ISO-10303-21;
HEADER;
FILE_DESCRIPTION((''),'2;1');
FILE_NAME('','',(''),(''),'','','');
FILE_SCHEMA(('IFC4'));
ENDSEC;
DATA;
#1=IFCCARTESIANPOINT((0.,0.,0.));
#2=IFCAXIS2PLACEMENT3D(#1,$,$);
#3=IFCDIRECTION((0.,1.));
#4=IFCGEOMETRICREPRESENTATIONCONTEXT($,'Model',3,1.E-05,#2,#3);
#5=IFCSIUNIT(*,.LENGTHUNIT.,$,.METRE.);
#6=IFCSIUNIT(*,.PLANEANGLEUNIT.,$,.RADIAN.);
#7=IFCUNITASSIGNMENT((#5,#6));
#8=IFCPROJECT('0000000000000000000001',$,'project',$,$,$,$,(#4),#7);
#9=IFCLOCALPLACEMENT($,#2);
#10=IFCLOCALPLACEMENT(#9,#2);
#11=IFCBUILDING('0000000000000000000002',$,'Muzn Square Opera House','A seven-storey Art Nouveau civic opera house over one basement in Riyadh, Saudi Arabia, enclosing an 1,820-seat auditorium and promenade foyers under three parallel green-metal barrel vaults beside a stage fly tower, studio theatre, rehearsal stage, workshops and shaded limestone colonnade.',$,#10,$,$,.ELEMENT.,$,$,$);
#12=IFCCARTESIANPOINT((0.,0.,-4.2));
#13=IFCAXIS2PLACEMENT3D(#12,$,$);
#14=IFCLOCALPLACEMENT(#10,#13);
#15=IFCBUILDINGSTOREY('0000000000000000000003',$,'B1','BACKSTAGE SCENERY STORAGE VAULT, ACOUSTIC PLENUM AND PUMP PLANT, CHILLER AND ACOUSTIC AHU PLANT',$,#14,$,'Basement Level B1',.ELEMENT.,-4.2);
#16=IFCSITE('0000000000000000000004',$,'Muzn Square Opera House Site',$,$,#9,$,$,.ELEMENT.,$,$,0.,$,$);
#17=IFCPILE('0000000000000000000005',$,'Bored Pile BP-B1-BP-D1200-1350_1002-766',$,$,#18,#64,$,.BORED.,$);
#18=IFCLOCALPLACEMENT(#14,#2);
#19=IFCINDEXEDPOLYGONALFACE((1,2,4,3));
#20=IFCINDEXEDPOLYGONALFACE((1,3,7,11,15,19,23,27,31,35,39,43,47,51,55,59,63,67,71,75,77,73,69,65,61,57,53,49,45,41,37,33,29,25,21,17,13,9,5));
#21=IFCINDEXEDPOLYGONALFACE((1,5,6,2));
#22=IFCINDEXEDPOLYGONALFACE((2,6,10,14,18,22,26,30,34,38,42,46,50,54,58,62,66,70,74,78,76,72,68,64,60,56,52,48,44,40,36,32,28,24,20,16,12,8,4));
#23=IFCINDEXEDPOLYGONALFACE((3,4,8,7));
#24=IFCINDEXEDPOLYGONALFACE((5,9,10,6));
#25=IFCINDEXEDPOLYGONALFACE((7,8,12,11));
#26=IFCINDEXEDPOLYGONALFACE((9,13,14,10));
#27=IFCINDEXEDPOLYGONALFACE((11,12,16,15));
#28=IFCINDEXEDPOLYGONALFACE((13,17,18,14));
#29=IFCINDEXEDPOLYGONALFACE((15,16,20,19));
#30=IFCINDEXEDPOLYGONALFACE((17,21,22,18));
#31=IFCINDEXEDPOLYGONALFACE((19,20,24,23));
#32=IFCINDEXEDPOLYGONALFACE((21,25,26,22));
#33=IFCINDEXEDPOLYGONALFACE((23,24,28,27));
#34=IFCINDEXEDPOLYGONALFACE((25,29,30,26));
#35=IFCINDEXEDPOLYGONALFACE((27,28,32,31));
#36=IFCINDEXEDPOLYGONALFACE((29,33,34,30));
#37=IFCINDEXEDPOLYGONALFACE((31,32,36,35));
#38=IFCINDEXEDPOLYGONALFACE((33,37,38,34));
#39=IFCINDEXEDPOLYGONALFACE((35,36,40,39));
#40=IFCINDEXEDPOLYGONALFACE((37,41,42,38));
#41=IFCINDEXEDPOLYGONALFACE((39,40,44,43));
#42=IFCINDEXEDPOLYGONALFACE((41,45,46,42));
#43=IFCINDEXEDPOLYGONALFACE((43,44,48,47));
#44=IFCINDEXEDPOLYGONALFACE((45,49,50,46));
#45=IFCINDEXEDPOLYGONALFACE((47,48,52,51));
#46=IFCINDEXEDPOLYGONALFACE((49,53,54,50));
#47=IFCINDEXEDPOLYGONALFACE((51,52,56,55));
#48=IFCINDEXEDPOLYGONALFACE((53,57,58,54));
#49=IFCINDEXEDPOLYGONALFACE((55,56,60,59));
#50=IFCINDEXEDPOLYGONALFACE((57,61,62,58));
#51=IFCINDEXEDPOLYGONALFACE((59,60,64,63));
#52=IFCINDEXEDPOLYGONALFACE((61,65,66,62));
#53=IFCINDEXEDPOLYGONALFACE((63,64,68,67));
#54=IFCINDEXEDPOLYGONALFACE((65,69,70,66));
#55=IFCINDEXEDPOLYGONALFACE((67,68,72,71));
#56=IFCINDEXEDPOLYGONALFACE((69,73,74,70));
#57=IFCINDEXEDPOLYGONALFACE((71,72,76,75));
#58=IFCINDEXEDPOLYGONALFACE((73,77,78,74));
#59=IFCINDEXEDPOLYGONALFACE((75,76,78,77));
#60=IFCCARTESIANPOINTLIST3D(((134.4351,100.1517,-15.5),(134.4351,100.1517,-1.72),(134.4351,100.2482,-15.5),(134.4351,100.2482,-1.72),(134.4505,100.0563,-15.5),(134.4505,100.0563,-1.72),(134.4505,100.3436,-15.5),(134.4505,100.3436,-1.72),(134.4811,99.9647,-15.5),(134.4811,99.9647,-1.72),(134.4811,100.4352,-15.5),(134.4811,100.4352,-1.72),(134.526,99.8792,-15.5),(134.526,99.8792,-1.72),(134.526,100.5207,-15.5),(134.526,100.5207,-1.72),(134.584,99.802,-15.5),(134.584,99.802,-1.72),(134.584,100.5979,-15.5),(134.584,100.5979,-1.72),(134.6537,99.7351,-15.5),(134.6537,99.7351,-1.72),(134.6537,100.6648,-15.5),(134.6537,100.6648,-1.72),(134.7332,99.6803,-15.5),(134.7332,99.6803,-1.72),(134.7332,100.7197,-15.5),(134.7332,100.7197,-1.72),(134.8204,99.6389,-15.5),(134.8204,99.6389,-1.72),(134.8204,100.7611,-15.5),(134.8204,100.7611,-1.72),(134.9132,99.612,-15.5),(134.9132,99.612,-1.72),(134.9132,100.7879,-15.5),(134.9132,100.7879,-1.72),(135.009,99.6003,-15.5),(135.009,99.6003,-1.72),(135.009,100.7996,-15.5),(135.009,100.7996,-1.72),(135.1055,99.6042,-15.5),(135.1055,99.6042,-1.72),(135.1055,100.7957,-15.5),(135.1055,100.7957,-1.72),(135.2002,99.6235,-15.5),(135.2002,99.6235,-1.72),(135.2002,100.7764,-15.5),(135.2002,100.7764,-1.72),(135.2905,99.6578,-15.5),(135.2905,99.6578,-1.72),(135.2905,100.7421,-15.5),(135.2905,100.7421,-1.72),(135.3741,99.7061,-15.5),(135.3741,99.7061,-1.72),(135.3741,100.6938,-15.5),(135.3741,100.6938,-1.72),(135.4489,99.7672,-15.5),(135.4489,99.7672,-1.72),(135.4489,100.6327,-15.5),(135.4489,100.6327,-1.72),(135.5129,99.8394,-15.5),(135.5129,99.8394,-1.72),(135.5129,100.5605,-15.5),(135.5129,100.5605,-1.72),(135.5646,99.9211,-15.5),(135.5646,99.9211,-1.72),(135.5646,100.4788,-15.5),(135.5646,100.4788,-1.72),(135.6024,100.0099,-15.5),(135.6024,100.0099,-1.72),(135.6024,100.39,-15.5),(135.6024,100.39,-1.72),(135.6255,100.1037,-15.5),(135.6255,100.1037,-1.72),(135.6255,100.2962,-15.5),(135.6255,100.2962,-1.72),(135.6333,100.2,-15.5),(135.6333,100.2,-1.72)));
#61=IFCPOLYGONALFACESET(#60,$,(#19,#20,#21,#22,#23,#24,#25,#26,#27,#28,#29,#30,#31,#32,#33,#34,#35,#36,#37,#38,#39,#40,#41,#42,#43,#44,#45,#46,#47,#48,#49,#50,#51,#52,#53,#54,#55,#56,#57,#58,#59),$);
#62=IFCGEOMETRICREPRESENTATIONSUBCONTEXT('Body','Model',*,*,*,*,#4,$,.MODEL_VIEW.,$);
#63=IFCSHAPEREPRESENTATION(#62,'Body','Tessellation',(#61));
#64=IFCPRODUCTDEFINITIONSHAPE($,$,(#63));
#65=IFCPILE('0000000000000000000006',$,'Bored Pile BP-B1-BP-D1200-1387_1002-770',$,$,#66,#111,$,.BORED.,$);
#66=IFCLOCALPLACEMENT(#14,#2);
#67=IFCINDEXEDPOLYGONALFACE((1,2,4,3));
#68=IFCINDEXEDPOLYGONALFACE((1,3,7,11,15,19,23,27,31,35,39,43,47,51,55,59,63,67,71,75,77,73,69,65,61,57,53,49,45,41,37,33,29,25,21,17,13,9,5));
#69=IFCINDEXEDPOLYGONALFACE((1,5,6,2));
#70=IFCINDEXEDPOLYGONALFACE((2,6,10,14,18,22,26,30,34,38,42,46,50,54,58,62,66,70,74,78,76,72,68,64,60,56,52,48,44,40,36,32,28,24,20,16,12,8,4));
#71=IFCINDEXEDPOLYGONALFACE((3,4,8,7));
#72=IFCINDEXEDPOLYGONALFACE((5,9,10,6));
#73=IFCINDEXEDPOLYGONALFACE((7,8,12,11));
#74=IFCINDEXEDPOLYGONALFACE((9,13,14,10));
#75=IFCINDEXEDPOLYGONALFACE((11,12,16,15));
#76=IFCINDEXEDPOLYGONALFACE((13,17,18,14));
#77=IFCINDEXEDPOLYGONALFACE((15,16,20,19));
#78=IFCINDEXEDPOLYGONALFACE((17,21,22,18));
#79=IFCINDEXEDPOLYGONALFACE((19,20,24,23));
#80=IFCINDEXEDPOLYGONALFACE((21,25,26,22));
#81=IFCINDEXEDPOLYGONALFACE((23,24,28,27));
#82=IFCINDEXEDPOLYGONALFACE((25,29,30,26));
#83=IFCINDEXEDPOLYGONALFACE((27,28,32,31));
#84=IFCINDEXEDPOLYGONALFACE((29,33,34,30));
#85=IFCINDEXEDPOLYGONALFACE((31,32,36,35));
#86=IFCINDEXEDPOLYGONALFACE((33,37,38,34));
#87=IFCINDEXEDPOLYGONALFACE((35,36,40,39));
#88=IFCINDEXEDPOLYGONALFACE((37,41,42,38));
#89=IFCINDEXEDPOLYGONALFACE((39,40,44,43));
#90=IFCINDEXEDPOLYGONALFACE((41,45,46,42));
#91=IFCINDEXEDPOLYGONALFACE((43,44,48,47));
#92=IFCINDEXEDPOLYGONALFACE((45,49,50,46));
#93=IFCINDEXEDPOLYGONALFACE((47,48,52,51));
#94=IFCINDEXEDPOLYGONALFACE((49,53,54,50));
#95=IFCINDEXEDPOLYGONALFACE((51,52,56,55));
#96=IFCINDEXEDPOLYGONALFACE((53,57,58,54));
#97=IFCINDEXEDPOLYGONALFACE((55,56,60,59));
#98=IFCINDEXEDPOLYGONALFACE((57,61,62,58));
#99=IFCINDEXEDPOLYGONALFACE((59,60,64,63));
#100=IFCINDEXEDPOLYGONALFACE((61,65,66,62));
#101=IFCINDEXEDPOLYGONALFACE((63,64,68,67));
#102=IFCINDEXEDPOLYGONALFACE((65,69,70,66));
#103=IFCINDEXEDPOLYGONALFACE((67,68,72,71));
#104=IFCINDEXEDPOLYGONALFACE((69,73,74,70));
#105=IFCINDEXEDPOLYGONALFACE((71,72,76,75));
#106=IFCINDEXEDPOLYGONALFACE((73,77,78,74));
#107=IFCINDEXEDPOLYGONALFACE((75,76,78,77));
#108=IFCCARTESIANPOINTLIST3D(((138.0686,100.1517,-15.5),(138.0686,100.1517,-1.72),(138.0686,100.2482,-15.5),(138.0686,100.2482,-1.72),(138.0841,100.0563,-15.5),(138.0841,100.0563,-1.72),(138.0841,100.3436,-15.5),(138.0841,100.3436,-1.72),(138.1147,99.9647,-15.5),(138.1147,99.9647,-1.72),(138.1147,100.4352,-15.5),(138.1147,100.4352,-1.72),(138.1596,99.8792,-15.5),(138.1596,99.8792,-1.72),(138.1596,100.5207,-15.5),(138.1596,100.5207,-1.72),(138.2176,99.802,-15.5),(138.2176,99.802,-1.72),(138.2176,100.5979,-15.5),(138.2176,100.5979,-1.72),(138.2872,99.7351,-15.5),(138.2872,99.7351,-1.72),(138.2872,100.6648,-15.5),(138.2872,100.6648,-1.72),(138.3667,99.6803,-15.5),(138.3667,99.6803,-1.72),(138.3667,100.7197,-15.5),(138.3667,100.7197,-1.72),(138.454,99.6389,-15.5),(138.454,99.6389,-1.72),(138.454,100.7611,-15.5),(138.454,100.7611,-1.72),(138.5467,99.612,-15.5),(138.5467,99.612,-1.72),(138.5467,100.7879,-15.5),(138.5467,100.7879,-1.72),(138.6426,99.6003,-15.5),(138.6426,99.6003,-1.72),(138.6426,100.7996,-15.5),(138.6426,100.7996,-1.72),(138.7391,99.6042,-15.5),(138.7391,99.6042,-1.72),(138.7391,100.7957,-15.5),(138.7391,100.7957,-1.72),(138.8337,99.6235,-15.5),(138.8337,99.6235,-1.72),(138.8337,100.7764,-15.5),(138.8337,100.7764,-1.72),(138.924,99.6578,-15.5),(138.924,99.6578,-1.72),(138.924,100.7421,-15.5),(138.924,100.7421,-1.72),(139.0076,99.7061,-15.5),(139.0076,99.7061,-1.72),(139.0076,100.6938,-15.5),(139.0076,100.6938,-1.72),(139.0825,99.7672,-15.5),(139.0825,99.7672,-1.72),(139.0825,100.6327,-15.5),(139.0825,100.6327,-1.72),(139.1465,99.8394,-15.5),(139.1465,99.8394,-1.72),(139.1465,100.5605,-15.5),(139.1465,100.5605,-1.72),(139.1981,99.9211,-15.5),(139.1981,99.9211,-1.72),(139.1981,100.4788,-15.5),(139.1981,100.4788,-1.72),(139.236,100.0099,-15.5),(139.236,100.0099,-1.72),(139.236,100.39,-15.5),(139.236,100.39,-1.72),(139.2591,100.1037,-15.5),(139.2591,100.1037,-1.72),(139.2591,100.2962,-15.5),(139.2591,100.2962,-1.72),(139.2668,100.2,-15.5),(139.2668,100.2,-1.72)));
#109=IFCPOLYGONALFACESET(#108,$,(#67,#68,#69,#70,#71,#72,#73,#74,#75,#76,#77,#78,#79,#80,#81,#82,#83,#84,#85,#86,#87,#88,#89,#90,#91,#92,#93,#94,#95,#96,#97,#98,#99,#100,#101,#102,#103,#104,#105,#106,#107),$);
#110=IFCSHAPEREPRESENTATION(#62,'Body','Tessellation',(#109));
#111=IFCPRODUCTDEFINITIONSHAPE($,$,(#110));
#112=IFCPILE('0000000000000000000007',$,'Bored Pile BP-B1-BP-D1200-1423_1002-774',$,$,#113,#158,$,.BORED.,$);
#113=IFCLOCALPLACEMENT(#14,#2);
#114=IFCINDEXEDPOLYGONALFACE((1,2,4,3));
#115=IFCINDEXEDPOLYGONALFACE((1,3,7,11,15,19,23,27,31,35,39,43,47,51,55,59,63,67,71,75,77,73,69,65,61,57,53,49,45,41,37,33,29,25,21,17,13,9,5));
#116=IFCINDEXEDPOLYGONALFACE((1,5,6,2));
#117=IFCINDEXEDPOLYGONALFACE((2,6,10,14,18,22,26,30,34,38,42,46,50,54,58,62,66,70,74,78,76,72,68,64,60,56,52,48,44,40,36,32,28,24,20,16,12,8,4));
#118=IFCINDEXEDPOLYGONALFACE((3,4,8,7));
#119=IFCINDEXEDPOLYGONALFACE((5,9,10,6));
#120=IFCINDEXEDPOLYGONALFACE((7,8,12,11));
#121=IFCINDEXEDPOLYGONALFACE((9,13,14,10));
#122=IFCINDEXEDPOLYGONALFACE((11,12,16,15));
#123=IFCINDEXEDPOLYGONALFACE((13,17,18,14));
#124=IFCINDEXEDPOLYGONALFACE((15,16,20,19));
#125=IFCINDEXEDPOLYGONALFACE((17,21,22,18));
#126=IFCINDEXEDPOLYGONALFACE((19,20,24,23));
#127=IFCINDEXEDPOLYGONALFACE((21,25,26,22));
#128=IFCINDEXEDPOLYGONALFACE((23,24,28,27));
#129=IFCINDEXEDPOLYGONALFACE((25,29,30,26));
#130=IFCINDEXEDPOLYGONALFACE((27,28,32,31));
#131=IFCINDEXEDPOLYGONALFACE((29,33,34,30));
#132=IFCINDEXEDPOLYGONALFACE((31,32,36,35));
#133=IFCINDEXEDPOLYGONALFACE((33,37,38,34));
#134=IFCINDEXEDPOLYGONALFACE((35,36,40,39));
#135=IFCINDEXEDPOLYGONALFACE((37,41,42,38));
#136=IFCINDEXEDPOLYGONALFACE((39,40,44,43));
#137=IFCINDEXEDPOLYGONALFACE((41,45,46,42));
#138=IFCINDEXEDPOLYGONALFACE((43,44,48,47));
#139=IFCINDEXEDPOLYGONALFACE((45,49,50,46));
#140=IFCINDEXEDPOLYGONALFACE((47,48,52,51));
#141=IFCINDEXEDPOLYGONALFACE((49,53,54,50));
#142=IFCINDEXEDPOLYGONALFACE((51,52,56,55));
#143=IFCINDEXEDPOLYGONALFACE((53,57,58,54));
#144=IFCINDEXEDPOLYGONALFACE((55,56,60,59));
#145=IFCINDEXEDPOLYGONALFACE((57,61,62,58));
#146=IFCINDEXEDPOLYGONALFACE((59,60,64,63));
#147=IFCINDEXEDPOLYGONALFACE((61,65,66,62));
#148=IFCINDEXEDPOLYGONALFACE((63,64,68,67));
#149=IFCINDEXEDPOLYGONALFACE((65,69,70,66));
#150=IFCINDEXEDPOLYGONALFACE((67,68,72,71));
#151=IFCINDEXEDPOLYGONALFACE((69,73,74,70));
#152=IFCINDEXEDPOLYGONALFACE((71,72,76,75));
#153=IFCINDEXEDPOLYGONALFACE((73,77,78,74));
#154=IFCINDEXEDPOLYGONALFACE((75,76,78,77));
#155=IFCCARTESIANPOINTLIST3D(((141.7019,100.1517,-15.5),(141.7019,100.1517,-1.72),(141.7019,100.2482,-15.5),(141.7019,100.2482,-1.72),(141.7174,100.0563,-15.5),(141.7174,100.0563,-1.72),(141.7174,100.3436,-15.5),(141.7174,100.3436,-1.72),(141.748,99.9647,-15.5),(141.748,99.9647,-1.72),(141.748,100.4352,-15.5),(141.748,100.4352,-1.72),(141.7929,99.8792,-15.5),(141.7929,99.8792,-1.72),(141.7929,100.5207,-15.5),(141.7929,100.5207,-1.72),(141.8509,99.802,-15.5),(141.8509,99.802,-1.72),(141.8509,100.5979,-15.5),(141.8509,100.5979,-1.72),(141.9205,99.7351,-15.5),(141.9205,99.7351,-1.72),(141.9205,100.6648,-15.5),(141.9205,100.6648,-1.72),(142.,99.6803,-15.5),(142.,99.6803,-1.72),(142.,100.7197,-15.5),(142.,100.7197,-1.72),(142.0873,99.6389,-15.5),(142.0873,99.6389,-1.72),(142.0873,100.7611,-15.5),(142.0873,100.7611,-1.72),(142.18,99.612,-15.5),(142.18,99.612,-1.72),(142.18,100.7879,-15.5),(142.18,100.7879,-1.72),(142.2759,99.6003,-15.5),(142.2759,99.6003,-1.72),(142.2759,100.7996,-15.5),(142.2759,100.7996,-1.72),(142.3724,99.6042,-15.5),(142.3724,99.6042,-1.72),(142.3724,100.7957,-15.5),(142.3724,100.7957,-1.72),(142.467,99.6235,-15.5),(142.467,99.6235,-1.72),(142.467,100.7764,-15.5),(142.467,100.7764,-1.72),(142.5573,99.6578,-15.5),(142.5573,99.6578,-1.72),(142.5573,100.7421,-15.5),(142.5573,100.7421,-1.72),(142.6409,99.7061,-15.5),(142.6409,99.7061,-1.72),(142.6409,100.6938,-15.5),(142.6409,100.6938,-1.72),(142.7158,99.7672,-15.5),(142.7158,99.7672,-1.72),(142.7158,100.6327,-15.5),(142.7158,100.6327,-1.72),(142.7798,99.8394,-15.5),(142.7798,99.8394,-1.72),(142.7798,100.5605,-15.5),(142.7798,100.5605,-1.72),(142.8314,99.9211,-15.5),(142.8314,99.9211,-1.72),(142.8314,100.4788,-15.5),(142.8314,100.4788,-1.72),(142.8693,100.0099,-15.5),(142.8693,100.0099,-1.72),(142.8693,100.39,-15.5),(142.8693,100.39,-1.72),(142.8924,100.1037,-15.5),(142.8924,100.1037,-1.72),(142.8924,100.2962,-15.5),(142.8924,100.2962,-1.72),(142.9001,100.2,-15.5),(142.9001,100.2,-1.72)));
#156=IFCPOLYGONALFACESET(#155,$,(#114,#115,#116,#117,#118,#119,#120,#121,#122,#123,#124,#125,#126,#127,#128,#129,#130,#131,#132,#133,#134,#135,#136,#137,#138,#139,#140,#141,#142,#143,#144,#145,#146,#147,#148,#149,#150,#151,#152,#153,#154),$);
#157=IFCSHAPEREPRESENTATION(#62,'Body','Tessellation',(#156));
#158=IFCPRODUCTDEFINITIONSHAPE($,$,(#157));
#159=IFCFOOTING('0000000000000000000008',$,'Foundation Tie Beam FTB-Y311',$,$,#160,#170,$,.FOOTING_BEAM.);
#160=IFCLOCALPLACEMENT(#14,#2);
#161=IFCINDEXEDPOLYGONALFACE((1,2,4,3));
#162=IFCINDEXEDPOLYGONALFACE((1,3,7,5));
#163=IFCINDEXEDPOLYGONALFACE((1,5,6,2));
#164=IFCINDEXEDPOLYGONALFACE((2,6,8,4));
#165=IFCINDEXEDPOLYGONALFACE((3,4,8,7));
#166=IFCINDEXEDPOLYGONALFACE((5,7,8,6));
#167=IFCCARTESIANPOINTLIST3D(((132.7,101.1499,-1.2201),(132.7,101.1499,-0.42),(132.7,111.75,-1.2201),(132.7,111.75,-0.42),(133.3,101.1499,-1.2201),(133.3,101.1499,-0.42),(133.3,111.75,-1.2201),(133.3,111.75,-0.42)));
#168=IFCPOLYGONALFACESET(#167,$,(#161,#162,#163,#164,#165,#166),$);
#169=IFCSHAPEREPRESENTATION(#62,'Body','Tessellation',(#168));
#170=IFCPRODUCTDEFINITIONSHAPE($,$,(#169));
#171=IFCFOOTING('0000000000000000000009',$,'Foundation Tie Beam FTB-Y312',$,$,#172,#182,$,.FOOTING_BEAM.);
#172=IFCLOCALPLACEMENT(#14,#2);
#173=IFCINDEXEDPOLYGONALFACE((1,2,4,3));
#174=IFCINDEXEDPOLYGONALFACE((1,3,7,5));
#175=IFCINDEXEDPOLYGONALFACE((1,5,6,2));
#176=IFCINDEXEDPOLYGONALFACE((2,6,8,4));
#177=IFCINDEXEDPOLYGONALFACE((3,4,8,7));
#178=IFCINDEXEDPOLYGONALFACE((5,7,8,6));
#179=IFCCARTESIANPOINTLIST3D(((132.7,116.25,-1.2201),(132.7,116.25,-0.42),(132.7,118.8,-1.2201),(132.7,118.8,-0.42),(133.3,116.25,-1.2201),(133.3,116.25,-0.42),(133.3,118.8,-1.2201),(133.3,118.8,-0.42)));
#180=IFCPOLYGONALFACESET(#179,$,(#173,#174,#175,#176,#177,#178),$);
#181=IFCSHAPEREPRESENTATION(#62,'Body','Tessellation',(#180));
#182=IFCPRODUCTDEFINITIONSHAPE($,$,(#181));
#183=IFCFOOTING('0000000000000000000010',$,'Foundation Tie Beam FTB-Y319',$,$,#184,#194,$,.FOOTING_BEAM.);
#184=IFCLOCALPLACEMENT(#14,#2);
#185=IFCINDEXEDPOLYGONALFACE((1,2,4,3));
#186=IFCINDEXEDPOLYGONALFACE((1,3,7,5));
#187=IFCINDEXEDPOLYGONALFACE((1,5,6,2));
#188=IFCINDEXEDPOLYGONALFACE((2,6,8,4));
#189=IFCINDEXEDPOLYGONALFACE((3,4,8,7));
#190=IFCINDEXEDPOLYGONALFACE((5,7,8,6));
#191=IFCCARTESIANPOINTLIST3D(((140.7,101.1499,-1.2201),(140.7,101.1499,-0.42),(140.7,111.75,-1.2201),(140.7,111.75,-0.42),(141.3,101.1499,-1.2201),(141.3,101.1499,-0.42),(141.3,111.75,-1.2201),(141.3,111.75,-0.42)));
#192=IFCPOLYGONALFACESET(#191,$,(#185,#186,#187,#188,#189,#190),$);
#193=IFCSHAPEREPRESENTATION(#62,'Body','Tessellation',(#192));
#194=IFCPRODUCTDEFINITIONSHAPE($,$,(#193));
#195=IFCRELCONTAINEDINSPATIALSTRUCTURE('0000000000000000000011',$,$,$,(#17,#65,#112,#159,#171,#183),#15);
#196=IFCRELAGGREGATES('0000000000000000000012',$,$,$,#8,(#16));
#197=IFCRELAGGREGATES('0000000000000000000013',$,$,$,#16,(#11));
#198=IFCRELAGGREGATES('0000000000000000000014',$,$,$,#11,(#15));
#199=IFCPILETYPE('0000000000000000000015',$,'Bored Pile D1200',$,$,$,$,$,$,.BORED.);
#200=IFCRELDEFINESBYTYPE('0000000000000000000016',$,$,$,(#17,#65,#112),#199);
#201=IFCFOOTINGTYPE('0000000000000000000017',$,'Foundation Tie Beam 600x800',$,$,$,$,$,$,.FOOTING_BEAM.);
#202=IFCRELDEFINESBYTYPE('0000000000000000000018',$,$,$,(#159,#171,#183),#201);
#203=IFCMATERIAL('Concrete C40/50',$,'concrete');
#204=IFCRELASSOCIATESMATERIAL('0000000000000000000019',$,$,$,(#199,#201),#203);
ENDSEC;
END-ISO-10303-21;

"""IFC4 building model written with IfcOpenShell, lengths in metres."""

from ifc_helpers import new_model, si_unit, direction, frame, origin, origin_2d, place, context, subcontext, project, spatial, rectangle, circle, extrude, material, material_profile, profile_set, type_object, element, save


model = new_model("IFC4")

# Units and contexts
model_context = context("Model", 3, precision=1e-05, world=origin(), true_north=direction((0.0, 1.0)))
body_context = subcontext(model_context, "Body", "Model", "MODEL_VIEW")
ifc_project = project(units=[si_unit("LENGTHUNIT", "METRE"), si_unit("PLANEANGLEUNIT", "RADIAN")], contexts=[model_context])

# Site, building, storey
site_placement = place(None, origin())
site = spatial("IfcSite", under=ifc_project, at=site_placement, Name="Muzn Square Opera House Site", CompositionType="ELEMENT", RefElevation=0.0)
building_placement = place(site_placement, origin())
building = spatial("IfcBuilding", under=site, at=building_placement, Name="Muzn Square Opera House", Description="A seven-storey Art Nouveau civic opera house over one basement in Riyadh, Saudi Arabia, enclosing an 1,820-seat auditorium and promenade foyers under three parallel green-metal barrel vaults beside a stage fly tower, studio theatre, rehearsal stage, workshops and shaded limestone colonnade.", CompositionType="ELEMENT")
storey_placement = place(building_placement, frame((0.0, 0.0, -4.2)))
storey = spatial("IfcBuildingStorey", under=building, at=storey_placement, Name="B1", Description="BACKSTAGE SCENERY STORAGE VAULT, ACOUSTIC PLENUM AND PUMP PLANT, CHILLER AND ACOUSTIC AHU PLANT", LongName="Basement Level B1", CompositionType="ELEMENT", Elevation=-4.2)

# Piles
ifc_material_1 = material(Name="Concrete C40/50", Category="concrete")
ifc_material_profile_1 = material_profile(ifc_material_1, circle(Radius=0.6001, at=origin_2d()), Name="BORED PILE D1200", Category="concrete")
ifc_profile_set_1 = profile_set([ifc_material_profile_1], Name="Concrete C40/50")
pile_type_1 = type_object("IfcPileType", Name="Bored Pile D1200", PredefinedType="BORED", material=ifc_profile_set_1)
for number, where, z_axis, x_axis, name in (
    (1, (135.0332, 100.2, -1.72), (0.0, 0.0, -1.0), (1.0, 0.0, 0.0), "Bored Pile BP-B1-BP-D1200-1350_1002-766"),
    (2, (138.6667, 100.2, -1.72), (0.0, 0.0, -1.0), (1.0, 0.0, 0.0), "Bored Pile BP-B1-BP-D1200-1387_1002-770"),
    (3, (142.3, 100.2, -1.72), (0.0, 0.0, -1.0), (1.0, 0.0, 0.0), "Bored Pile BP-B1-BP-D1200-1423_1002-774"),
):
    element("IfcPile", number, at=place(storey_placement, frame(where, z_axis=z_axis, x_axis=x_axis)), inside=storey, type_object=pile_type_1, Name=name, PredefinedType="BORED", context=body_context, shape_type="SweptSolid", body=[
        extrude(circle(Radius=0.6001, at=origin_2d()), origin(), (0.0, 0.0, 1.0), 13.78),
    ])

# Footings
ifc_material_profile_2 = material_profile(ifc_material_1, rectangle(XDim=0.6001, YDim=0.8, at=origin_2d()), Name="RCTB 600x800", Category="concrete")
ifc_profile_set_2 = profile_set([ifc_material_profile_2], Name="Concrete C40/50")
footing_type_1 = type_object("IfcFootingType", Name="Foundation Tie Beam 600x800", PredefinedType="FOOTING_BEAM", material=ifc_profile_set_2)
footing_1_placement = place(storey_placement, frame((133.0, 101.1499, -0.8201), z_axis=(0.0, 1.0, 0.0), x_axis=(-1.0, 0.0, 0.0)))
element("IfcFooting", 4, at=footing_1_placement, inside=storey, type_object=footing_type_1, Name="Foundation Tie Beam FTB-Y311", PredefinedType="FOOTING_BEAM", context=body_context, shape_type="SweptSolid", body=[
    extrude(rectangle(XDim=0.6001, YDim=0.8, at=origin_2d()), origin(), (0.0, 0.0, 1.0), 10.6001),
])
footing_2_placement = place(storey_placement, frame((133.0, 116.25, -0.8201), z_axis=(0.0, 1.0, 0.0), x_axis=(-1.0, 0.0, 0.0)))
element("IfcFooting", 5, at=footing_2_placement, inside=storey, type_object=footing_type_1, Name="Foundation Tie Beam FTB-Y312", PredefinedType="FOOTING_BEAM", context=body_context, shape_type="SweptSolid", body=[
    extrude(rectangle(XDim=0.6001, YDim=0.8, at=origin_2d()), origin(), (0.0, 0.0, 1.0), 2.55),
])
footing_3_placement = place(storey_placement, frame((141.0, 101.1499, -0.8201), z_axis=(0.0, 1.0, 0.0), x_axis=(-1.0, 0.0, 0.0)))
element("IfcFooting", 6, at=footing_3_placement, inside=storey, type_object=footing_type_1, Name="Foundation Tie Beam FTB-Y319", PredefinedType="FOOTING_BEAM", context=body_context, shape_type="SweptSolid", body=[
    extrude(rectangle(XDim=0.6001, YDim=0.8, at=origin_2d()), origin(), (0.0, 0.0, 1.0), 10.6001),
])

save(model, "model.ifc")
